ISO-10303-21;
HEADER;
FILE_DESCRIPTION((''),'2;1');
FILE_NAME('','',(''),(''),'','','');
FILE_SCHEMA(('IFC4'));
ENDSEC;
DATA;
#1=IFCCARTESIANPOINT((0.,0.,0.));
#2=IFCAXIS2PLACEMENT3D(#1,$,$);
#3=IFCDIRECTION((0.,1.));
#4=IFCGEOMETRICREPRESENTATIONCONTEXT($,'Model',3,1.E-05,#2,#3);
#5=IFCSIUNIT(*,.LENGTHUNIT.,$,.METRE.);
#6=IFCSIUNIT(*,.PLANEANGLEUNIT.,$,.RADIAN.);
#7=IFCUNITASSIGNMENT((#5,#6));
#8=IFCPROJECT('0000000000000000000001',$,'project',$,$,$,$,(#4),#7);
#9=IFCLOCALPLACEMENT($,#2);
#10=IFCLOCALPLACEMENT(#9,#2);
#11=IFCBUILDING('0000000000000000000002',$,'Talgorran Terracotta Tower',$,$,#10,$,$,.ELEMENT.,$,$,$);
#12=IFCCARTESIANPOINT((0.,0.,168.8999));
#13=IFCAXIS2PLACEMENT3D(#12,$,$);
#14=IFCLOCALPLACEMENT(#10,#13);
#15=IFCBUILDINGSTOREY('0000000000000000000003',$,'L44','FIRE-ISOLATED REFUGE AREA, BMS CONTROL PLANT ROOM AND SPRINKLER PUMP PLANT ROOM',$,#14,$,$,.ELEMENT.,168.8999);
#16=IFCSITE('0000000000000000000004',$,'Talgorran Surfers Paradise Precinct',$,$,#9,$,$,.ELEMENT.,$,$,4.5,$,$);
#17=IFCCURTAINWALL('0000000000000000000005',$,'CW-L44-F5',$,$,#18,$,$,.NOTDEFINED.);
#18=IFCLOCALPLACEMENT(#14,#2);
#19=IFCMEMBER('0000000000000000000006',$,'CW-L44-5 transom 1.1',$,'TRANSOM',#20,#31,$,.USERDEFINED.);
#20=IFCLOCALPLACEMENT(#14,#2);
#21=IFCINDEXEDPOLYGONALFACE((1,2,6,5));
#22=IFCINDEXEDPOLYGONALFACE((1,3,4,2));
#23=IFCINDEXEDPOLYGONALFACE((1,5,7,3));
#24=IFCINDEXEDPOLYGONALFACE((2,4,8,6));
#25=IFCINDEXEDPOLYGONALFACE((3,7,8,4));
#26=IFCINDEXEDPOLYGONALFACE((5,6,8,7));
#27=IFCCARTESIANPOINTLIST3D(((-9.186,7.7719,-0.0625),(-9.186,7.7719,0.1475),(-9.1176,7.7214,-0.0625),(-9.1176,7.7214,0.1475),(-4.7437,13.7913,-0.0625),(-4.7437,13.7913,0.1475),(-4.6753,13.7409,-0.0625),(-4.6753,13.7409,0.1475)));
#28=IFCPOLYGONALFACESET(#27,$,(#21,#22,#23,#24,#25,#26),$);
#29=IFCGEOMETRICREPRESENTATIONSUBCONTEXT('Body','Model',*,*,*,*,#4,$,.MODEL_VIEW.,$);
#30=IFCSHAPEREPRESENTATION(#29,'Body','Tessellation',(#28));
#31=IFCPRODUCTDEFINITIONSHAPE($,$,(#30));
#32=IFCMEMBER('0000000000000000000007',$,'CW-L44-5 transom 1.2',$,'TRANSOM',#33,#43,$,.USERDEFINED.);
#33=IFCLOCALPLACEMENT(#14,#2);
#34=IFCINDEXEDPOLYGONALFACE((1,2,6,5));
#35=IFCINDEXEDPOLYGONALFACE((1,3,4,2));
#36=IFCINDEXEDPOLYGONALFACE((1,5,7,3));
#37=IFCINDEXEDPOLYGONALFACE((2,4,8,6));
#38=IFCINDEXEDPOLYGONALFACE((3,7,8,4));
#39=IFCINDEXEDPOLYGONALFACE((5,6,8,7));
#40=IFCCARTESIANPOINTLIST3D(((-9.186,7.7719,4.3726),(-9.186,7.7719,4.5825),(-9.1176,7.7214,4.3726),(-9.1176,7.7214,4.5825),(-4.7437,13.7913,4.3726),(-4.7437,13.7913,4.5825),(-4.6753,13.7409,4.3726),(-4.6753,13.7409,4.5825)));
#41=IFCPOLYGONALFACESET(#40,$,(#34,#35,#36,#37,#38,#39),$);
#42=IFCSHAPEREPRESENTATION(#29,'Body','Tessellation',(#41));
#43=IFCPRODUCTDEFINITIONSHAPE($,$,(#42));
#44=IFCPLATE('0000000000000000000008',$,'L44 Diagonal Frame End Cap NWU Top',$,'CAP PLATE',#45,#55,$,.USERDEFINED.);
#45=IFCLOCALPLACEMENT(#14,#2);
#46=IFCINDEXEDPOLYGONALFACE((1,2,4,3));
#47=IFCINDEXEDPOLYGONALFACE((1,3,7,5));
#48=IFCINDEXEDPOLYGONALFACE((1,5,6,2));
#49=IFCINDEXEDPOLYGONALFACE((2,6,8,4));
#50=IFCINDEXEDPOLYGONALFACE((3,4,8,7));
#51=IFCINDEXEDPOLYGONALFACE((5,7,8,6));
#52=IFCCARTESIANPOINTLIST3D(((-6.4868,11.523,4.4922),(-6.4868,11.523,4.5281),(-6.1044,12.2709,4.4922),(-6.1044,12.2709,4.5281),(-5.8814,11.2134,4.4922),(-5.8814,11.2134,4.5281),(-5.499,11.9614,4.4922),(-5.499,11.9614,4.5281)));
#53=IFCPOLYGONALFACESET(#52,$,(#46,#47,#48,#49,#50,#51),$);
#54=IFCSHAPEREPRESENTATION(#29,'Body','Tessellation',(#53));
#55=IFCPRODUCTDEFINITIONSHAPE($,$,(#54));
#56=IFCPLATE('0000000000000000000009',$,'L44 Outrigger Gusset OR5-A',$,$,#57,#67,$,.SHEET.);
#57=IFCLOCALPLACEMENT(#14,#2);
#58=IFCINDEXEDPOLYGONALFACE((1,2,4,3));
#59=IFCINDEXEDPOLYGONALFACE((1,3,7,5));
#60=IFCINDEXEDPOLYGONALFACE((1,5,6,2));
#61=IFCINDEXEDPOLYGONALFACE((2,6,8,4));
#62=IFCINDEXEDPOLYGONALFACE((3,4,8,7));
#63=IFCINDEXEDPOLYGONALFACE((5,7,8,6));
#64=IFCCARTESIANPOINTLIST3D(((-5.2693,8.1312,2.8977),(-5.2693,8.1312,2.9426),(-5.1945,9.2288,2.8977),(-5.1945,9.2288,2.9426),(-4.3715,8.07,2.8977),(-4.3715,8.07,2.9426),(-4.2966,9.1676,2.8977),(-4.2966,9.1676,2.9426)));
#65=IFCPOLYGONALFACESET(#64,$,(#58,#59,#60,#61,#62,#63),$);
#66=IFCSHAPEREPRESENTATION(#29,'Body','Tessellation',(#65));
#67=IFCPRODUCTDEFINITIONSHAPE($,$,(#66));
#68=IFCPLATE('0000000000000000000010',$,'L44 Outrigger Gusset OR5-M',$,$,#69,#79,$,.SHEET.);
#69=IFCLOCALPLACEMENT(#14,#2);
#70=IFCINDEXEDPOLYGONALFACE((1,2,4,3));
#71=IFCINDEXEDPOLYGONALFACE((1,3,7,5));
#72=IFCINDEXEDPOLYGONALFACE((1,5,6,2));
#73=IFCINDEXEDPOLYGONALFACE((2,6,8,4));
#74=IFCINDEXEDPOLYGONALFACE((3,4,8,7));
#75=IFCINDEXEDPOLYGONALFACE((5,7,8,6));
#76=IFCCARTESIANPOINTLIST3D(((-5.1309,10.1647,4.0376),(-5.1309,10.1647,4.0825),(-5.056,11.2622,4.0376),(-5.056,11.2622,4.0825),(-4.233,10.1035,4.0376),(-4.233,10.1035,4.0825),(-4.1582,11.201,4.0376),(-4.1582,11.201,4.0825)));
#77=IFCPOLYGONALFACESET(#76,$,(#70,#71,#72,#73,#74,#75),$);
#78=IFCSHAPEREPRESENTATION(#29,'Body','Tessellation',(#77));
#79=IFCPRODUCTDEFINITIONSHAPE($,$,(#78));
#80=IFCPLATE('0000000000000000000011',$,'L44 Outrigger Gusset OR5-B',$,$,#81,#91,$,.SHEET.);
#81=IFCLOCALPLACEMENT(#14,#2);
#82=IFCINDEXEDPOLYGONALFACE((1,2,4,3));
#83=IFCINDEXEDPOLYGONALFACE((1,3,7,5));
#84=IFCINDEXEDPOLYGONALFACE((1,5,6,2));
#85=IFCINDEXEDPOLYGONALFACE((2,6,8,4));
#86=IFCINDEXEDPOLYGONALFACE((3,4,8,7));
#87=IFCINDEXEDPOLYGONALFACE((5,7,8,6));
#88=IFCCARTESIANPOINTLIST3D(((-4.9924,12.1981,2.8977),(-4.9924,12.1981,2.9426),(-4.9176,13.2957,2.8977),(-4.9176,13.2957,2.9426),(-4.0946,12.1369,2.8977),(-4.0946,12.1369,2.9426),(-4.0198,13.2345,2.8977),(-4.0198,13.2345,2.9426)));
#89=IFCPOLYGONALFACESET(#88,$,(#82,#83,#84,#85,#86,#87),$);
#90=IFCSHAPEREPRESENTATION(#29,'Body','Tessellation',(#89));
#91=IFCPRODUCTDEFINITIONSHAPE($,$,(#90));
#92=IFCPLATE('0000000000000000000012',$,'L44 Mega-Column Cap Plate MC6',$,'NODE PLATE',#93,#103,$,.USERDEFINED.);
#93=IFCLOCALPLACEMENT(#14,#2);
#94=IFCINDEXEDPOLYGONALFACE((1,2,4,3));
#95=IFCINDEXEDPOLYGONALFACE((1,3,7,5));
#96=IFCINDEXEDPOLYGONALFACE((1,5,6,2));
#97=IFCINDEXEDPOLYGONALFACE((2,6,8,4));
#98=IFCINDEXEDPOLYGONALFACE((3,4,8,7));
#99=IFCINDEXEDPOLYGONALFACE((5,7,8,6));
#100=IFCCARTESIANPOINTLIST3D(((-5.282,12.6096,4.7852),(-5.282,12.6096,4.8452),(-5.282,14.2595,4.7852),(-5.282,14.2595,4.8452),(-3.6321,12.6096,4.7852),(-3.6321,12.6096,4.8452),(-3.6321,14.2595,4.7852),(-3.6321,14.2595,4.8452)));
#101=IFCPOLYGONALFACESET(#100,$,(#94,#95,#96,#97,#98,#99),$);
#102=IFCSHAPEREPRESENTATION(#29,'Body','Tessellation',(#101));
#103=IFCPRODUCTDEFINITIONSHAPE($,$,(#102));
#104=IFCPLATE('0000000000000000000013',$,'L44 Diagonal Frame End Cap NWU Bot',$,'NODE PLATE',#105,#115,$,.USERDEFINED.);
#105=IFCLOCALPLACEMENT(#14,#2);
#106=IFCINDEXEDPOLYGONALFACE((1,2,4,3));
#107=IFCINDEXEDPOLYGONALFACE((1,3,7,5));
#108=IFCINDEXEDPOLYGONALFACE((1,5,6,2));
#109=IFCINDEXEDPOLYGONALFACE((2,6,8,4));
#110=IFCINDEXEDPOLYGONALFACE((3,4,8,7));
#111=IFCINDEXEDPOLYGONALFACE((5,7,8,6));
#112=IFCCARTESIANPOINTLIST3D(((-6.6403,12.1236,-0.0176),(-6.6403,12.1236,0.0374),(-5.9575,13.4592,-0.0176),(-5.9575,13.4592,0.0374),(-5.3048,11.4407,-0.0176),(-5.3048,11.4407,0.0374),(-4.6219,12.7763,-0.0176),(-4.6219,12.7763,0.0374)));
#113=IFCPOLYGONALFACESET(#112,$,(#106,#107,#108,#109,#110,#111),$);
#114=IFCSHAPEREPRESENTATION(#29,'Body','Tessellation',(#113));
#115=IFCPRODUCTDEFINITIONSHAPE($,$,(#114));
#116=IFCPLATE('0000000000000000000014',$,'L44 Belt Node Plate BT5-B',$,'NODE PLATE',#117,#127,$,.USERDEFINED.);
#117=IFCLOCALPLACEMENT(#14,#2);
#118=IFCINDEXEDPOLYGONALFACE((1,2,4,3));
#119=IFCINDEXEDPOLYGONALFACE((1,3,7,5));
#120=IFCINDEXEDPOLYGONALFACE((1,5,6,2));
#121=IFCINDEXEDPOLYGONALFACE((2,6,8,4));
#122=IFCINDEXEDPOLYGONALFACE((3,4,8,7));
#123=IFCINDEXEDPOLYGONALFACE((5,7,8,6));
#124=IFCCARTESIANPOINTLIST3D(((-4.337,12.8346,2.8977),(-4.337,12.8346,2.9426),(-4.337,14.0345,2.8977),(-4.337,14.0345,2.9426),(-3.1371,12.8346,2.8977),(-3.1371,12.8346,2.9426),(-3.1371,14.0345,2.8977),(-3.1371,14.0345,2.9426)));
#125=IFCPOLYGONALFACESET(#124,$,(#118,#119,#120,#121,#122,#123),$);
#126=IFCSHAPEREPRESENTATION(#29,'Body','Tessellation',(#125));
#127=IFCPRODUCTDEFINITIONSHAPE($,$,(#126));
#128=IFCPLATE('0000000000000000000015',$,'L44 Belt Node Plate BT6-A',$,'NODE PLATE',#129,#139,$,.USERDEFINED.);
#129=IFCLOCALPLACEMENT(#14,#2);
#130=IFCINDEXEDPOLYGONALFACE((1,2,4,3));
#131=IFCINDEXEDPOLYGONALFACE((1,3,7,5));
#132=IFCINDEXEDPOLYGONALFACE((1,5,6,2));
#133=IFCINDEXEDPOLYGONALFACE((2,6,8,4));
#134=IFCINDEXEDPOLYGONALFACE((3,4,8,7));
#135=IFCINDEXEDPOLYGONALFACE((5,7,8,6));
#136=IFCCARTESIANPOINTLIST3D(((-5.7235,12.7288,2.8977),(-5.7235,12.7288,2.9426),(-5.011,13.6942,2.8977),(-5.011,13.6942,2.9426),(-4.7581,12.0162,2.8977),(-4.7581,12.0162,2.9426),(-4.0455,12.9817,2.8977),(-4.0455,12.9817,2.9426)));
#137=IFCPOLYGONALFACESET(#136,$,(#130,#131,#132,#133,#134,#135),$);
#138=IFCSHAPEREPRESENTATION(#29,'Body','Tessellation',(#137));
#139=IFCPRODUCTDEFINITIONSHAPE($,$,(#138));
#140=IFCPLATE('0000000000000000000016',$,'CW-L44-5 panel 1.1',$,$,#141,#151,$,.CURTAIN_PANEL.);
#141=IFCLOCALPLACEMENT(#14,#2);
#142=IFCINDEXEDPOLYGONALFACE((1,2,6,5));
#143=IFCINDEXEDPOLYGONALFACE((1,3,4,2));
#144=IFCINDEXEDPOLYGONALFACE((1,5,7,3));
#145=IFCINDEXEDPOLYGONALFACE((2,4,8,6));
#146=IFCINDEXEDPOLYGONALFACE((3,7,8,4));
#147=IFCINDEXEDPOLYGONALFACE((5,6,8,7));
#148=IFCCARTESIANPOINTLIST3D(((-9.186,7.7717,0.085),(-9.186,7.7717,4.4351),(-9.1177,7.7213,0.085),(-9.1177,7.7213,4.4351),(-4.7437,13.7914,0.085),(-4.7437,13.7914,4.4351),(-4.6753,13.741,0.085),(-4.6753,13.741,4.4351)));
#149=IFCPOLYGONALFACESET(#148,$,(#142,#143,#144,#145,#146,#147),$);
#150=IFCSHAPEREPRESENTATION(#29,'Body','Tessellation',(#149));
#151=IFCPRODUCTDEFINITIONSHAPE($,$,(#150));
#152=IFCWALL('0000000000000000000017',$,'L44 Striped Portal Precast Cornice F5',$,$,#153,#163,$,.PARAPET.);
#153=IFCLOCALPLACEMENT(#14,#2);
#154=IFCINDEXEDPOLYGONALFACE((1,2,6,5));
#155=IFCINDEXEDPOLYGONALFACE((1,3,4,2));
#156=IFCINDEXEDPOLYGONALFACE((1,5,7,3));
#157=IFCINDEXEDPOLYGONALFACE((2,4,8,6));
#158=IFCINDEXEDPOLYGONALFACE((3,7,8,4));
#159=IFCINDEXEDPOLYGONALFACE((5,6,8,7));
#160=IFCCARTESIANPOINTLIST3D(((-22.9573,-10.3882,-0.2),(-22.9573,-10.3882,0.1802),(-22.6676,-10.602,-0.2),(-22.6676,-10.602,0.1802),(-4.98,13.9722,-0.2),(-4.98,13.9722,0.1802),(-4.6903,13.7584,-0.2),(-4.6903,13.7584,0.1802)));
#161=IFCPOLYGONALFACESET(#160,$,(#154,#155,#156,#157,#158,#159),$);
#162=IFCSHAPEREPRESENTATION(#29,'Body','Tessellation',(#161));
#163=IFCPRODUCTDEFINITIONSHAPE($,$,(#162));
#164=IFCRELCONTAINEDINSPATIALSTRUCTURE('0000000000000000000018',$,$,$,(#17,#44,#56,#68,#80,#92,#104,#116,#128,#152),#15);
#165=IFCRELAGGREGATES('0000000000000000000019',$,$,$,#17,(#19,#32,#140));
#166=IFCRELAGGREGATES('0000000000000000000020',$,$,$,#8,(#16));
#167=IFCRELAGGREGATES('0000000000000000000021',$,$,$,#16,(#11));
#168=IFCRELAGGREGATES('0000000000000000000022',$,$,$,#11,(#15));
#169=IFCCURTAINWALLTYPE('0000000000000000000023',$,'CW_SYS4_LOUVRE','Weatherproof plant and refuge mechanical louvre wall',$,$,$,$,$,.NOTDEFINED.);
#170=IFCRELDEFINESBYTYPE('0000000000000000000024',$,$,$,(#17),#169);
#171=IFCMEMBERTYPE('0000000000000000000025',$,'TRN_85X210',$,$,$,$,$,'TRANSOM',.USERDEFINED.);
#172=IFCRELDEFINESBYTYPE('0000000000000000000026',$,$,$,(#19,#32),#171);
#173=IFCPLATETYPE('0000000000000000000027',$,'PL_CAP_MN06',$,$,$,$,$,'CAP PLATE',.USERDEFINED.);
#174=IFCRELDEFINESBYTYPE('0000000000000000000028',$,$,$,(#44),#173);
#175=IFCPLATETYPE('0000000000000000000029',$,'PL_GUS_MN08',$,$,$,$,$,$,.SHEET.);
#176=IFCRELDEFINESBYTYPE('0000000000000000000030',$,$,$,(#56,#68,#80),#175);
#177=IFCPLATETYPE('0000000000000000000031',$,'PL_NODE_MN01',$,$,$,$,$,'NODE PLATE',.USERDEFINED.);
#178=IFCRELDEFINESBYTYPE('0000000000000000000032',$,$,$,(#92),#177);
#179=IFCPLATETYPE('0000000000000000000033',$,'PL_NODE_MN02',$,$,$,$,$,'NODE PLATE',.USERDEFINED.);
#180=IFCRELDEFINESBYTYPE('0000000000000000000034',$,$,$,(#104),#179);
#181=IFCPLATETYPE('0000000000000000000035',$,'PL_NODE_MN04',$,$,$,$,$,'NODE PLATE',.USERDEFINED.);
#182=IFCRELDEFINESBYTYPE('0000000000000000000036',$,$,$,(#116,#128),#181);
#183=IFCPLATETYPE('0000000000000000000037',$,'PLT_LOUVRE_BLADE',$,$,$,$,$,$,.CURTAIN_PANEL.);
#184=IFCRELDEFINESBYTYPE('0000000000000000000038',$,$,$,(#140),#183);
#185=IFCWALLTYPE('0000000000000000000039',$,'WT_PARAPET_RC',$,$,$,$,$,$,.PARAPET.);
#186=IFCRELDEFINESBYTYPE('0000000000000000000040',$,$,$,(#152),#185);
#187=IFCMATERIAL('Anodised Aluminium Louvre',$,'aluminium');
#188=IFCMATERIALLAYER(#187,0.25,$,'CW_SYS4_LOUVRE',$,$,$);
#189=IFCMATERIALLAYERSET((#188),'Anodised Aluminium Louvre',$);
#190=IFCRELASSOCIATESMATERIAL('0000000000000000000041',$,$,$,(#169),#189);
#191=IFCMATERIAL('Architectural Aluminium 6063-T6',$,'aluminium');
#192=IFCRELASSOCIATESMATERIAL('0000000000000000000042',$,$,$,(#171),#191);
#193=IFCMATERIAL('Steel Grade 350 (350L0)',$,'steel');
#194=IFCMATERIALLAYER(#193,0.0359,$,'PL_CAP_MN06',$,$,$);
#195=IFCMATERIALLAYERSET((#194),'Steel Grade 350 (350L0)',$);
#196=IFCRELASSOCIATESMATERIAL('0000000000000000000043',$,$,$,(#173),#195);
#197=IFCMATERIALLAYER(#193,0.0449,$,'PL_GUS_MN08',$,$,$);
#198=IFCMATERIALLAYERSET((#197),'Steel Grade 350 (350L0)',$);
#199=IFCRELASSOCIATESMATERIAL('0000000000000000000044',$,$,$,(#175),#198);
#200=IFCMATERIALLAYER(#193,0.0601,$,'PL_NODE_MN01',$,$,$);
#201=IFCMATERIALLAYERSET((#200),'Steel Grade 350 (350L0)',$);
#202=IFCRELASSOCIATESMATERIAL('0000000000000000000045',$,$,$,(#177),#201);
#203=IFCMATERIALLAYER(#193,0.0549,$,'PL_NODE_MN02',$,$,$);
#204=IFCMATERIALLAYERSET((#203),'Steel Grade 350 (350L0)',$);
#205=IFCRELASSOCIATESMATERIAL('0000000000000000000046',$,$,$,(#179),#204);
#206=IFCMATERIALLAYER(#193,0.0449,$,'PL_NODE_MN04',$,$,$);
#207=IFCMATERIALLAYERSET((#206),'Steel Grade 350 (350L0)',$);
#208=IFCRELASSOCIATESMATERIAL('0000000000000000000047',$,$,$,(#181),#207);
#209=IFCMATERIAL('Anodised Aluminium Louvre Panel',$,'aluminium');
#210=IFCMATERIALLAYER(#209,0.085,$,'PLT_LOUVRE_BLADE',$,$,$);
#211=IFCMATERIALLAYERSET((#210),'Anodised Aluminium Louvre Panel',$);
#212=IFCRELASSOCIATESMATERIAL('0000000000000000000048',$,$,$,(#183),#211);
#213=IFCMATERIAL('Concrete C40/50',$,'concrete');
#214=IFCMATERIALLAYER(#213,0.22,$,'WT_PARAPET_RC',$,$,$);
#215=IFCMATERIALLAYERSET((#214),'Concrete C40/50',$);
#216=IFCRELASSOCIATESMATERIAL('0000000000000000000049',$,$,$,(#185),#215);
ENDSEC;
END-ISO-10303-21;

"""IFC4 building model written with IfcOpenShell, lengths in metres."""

from ifc_helpers import new_model, si_unit, direction, frame, frame_2d, origin, origin_2d, place, context, subcontext, project, spatial, rectangle, extrude, source, transform, mapped, material, layer, layer_set, material_profile, profile_set, type_object, type_shapes, element, aggregate, save


model = new_model("IFC4")

# Units and contexts
model_context = context("Model", 3, precision=1e-05, world=origin(), true_north=direction((0.0, 1.0)))
body_context = subcontext(model_context, "Body", "Model", "MODEL_VIEW")
ifc_project = project(units=[si_unit("LENGTHUNIT", "METRE"), si_unit("PLANEANGLEUNIT", "RADIAN")], contexts=[model_context])

# Site, building, storey
site_placement = place(None, origin())
site = spatial("IfcSite", under=ifc_project, at=site_placement, Name="Talgorran Surfers Paradise Precinct", CompositionType="ELEMENT", RefElevation=4.5)
building_placement = place(site_placement, origin())
building = spatial("IfcBuilding", under=site, at=building_placement, Name="Talgorran Terracotta Tower", CompositionType="ELEMENT")
storey_placement = place(building_placement, frame((0.0, 0.0, 168.8999)))
storey = spatial("IfcBuildingStorey", under=building, at=storey_placement, Name="L44", Description="FIRE-ISOLATED REFUGE AREA, BMS CONTROL PLANT ROOM AND SPRINKLER PUMP PLANT ROOM", CompositionType="ELEMENT", Elevation=168.8999)

# Shared definitions
ifc_material_1 = material(Name="Steel Grade 350 (350L0)", Category="steel")

# Shared definitions
ifc_material_2 = material(Name="Anodised Aluminium Louvre", Category="aluminium")
ifc_layer_1 = layer(ifc_material_2, 0.25, Name="CW_SYS4_LOUVRE")
ifc_layer_set_1 = layer_set([ifc_layer_1], Name="Anodised Aluminium Louvre")
curtain_wall_type = type_object("IfcCurtainWallType", Name="CW_SYS4_LOUVRE", Description="Weatherproof plant and refuge mechanical louvre wall", PredefinedType="NOTDEFINED", material=ifc_layer_set_1)
ifc_material_3 = material(Name="Architectural Aluminium 6063-T6", Category="aluminium")

# Curtain wall, members
curtain_wall_1_placement = place(storey_placement, origin())
curtain_wall_1 = element("IfcCurtainWall", 1, at=curtain_wall_1_placement, inside=storey, type_object=curtain_wall_type, Name="CW-L44-F5", PredefinedType="NOTDEFINED")
ifc_material_profile_1 = material_profile(ifc_material_3, rectangle(XDim=0.085, YDim=0.21, at=origin_2d()), Name="CWT85X210")
ifc_profile_set_1 = profile_set([ifc_material_profile_1], Name="Architectural Aluminium 6063-T6")
member_type_1 = type_object("IfcMemberType", Name="TRN_85X210", ElementType="TRANSOM", PredefinedType="USERDEFINED", material=ifc_profile_set_1)
member_1_placement = place(storey_placement, frame((-4.7095, 13.7661, 0.0425), z_axis=(-0.5938, -0.804613, 0.0), x_axis=(0.804613, -0.5938, 0.0)))
member_1 = element("IfcMember", 2, at=member_1_placement, type_object=member_type_1, Name="CW-L44-5 transom 1.1", ObjectType="TRANSOM", PredefinedType="USERDEFINED", context=body_context, shape_type="SweptSolid", body=[
    extrude(rectangle(XDim=0.085, YDim=0.21, at=origin_2d()), origin(), (0.0, 0.0, 1.0), 7.4812),
])
member_2_placement = place(storey_placement, frame((-4.7095, 13.7661, 4.4775), z_axis=(-0.5938, -0.804613, 0.0), x_axis=(0.804613, -0.5938, 0.0)))
member_2 = element("IfcMember", 3, at=member_2_placement, type_object=member_type_1, Name="CW-L44-5 transom 1.2", ObjectType="TRANSOM", PredefinedType="USERDEFINED", context=body_context, shape_type="SweptSolid", body=[
    extrude(rectangle(XDim=0.085, YDim=0.21, at=origin_2d()), origin(), (0.0, 0.0, 1.0), 7.4812),
])

# Plates
ifc_layer_2 = layer(ifc_material_1, 0.0359, Name="PL_CAP_MN06")
ifc_layer_set_2 = layer_set([ifc_layer_2], Name="Steel Grade 350 (350L0)")
plate_type_1 = type_object("IfcPlateType", Name="PL_CAP_MN06", ElementType="CAP PLATE", PredefinedType="USERDEFINED", material=ifc_layer_set_2)
plate_1_placement = place(storey_placement, frame((-5.9929, 11.7422, 4.4922), z_axis=(0.0, 0.0, 1.0), x_axis=(-0.455234, -0.890372, 0.0)))
element("IfcPlate", 4, at=plate_1_placement, inside=storey, type_object=plate_type_1, Name="L44 Diagonal Frame End Cap NWU Top", ObjectType="CAP PLATE", PredefinedType="USERDEFINED", context=body_context, shape_type="SweptSolid", body=[
    extrude(rectangle(XDim=0.8401, YDim=0.6799, at=origin_2d()), origin(), (0.0, 0.0, 1.0), 0.0359),
])
ifc_layer_3 = layer(ifc_material_1, 0.0449, Name="PL_GUS_MN08")
ifc_layer_set_3 = layer_set([ifc_layer_3], Name="Steel Grade 350 (350L0)")
plate_type_2 = type_object("IfcPlateType", Name="PL_GUS_MN08", PredefinedType="SHEET", material=ifc_layer_set_3)
for number, where, z_axis, x_axis, name in (
    (5, (-4.783, 8.6494, 2.8977), (0.0, 0.0, 1.0), (0.068015, 0.997684, 0.0), "L44 Outrigger Gusset OR5-A"),
    (6, (-4.6445, 10.6829, 4.0376), (0.0, 0.0, 1.0), (0.068015, 0.997684, 0.0), "L44 Outrigger Gusset OR5-M"),
    (7, (-4.5061, 12.7163, 2.8977), (0.0, 0.0, 1.0), (0.068015, 0.997684, 0.0), "L44 Outrigger Gusset OR5-B"),
):
    element("IfcPlate", number, at=place(storey_placement, frame(where, z_axis=z_axis, x_axis=x_axis)), inside=storey, type_object=plate_type_2, Name=name, PredefinedType="SHEET", context=body_context, shape_type="SweptSolid", body=[
        extrude(rectangle(XDim=1.1001, YDim=0.8999, at=origin_2d()), origin(), (0.0, 0.0, 1.0), 0.0449),
    ])
ifc_layer_4 = layer(ifc_material_1, 0.0601, Name="PL_NODE_MN01")
ifc_layer_set_4 = layer_set([ifc_layer_4], Name="Steel Grade 350 (350L0)")
plate_type_3 = type_object("IfcPlateType", Name="PL_NODE_MN01", ElementType="NODE PLATE", PredefinedType="USERDEFINED", material=ifc_layer_set_4)
plate_2_placement = place(storey_placement, frame((-4.457, 13.4346, 4.7852), z_axis=(0.0, 0.0, 1.0), x_axis=(1.0, 0.0, 0.0)))
element("IfcPlate", 8, at=plate_2_placement, inside=storey, type_object=plate_type_3, Name="L44 Mega-Column Cap Plate MC6", ObjectType="NODE PLATE", PredefinedType="USERDEFINED", context=body_context, shape_type="SweptSolid", body=[
    extrude(rectangle(XDim=1.6499, YDim=1.6499, at=origin_2d()), origin(), (0.0, 0.0, 1.0), 0.0601),
])
ifc_layer_5 = layer(ifc_material_1, 0.0549, Name="PL_NODE_MN02")
ifc_layer_set_5 = layer_set([ifc_layer_5], Name="Steel Grade 350 (350L0)")
plate_type_4 = type_object("IfcPlateType", Name="PL_NODE_MN02", ElementType="NODE PLATE", PredefinedType="USERDEFINED", material=ifc_layer_set_5)
plate_3_placement = place(storey_placement, frame((-5.6311, 12.45, -0.0176), z_axis=(0.0, 0.0, 1.0), x_axis=(-0.455234, -0.890372, 0.0)))
element("IfcPlate", 9, at=plate_3_placement, inside=storey, type_object=plate_type_4, Name="L44 Diagonal Frame End Cap NWU Bot", ObjectType="NODE PLATE", PredefinedType="USERDEFINED", context=body_context, shape_type="SweptSolid", body=[
    extrude(rectangle(XDim=1.5, YDim=1.5, at=origin_2d()), origin(), (0.0, 0.0, 1.0), 0.0549),
])
ifc_layer_6 = layer(ifc_material_1, 0.0449, Name="PL_NODE_MN04")
ifc_layer_set_6 = layer_set([ifc_layer_6], Name="Steel Grade 350 (350L0)")
plate_type_5 = type_object("IfcPlateType", Name="PL_NODE_MN04", ElementType="NODE PLATE", PredefinedType="USERDEFINED", material=ifc_layer_set_6)
for number, where, z_axis, x_axis, name in (
    (10, (-3.7371, 13.4346, 2.8977), (0.0, 0.0, 1.0), (-1.0, 0.0, 0.0), "L44 Belt Node Plate BT5-B"),
    (11, (-4.8845, 12.8552, 2.8977), (0.0, 0.0, 1.0), (-0.59384, -0.804583, 0.0), "L44 Belt Node Plate BT6-A"),
):
    element("IfcPlate", number, at=place(storey_placement, frame(where, z_axis=z_axis, x_axis=x_axis)), inside=storey, type_object=plate_type_5, Name=name, ObjectType="NODE PLATE", PredefinedType="USERDEFINED", context=body_context, shape_type="SweptSolid", body=[
        extrude(rectangle(XDim=1.2, YDim=1.2, at=origin_2d()), origin(), (0.0, 0.0, 1.0), 0.0449),
    ])

# Plate
ifc_material_4 = material(Name="Anodised Aluminium Louvre Panel", Category="aluminium")
ifc_layer_7 = layer(ifc_material_4, 0.085, Name="PLT_LOUVRE_BLADE")
ifc_layer_set_7 = layer_set([ifc_layer_7], Name="Anodised Aluminium Louvre Panel")
plate_type_6 = type_object("IfcPlateType", Name="PLT_LOUVRE_BLADE", PredefinedType="CURTAIN_PANEL", material=ifc_layer_set_7)
shared_shape = source(origin(), body_context, "Body", "SweptSolid", [
    extrude(rectangle(XDim=7.4814, YDim=0.085, at=origin_2d()), origin(), (0.0, 0.0, 1.0), 4.3501),
])
type_shapes(plate_type_6, [shared_shape])
plate_4_placement = place(storey_placement, frame((-6.9307, 10.7563, 0.085), z_axis=(0.0, 0.0, 1.0), x_axis=(-0.593787, -0.804622, 0.0)))
plate_4 = element("IfcPlate", 12, at=plate_4_placement, type_object=plate_type_6, Name="CW-L44-5 panel 1.1", PredefinedType="CURTAIN_PANEL", context=body_context, shape_type="MappedRepresentation", body=[
    mapped(shared_shape, transform((0.0, 0.0, 0.0), scale=1.0)),
])
aggregate(curtain_wall_1, [member_1, member_2, plate_4])

# Wall
ifc_material_5 = material(Name="Concrete C40/50", Category="concrete")
ifc_layer_8 = layer(ifc_material_5, 0.22, Name="WT_PARAPET_RC")
ifc_layer_set_8 = layer_set([ifc_layer_8], Name="Concrete C40/50")
wall_type = type_object("IfcWallType", Name="WT_PARAPET_RC", PredefinedType="PARAPET", material=ifc_layer_set_8)
wall_placement = place(storey_placement, frame((-4.8352, 13.8652, -0.2), z_axis=(0.0, 0.0, 1.0), x_axis=(-0.593789, -0.804621, 0.0)))
element("IfcWall", 13, at=wall_placement, inside=storey, type_object=wall_type, Name="L44 Striped Portal Precast Cornice F5", PredefinedType="PARAPET", context=body_context, shape_type="SweptSolid", body=[
    extrude(rectangle(XDim=30.2756, YDim=0.3601, at=frame_2d((15.1377, 0.0))), origin(), (0.0, 0.0, 1.0), 0.3801),
])

save(model, "model.ifc")
